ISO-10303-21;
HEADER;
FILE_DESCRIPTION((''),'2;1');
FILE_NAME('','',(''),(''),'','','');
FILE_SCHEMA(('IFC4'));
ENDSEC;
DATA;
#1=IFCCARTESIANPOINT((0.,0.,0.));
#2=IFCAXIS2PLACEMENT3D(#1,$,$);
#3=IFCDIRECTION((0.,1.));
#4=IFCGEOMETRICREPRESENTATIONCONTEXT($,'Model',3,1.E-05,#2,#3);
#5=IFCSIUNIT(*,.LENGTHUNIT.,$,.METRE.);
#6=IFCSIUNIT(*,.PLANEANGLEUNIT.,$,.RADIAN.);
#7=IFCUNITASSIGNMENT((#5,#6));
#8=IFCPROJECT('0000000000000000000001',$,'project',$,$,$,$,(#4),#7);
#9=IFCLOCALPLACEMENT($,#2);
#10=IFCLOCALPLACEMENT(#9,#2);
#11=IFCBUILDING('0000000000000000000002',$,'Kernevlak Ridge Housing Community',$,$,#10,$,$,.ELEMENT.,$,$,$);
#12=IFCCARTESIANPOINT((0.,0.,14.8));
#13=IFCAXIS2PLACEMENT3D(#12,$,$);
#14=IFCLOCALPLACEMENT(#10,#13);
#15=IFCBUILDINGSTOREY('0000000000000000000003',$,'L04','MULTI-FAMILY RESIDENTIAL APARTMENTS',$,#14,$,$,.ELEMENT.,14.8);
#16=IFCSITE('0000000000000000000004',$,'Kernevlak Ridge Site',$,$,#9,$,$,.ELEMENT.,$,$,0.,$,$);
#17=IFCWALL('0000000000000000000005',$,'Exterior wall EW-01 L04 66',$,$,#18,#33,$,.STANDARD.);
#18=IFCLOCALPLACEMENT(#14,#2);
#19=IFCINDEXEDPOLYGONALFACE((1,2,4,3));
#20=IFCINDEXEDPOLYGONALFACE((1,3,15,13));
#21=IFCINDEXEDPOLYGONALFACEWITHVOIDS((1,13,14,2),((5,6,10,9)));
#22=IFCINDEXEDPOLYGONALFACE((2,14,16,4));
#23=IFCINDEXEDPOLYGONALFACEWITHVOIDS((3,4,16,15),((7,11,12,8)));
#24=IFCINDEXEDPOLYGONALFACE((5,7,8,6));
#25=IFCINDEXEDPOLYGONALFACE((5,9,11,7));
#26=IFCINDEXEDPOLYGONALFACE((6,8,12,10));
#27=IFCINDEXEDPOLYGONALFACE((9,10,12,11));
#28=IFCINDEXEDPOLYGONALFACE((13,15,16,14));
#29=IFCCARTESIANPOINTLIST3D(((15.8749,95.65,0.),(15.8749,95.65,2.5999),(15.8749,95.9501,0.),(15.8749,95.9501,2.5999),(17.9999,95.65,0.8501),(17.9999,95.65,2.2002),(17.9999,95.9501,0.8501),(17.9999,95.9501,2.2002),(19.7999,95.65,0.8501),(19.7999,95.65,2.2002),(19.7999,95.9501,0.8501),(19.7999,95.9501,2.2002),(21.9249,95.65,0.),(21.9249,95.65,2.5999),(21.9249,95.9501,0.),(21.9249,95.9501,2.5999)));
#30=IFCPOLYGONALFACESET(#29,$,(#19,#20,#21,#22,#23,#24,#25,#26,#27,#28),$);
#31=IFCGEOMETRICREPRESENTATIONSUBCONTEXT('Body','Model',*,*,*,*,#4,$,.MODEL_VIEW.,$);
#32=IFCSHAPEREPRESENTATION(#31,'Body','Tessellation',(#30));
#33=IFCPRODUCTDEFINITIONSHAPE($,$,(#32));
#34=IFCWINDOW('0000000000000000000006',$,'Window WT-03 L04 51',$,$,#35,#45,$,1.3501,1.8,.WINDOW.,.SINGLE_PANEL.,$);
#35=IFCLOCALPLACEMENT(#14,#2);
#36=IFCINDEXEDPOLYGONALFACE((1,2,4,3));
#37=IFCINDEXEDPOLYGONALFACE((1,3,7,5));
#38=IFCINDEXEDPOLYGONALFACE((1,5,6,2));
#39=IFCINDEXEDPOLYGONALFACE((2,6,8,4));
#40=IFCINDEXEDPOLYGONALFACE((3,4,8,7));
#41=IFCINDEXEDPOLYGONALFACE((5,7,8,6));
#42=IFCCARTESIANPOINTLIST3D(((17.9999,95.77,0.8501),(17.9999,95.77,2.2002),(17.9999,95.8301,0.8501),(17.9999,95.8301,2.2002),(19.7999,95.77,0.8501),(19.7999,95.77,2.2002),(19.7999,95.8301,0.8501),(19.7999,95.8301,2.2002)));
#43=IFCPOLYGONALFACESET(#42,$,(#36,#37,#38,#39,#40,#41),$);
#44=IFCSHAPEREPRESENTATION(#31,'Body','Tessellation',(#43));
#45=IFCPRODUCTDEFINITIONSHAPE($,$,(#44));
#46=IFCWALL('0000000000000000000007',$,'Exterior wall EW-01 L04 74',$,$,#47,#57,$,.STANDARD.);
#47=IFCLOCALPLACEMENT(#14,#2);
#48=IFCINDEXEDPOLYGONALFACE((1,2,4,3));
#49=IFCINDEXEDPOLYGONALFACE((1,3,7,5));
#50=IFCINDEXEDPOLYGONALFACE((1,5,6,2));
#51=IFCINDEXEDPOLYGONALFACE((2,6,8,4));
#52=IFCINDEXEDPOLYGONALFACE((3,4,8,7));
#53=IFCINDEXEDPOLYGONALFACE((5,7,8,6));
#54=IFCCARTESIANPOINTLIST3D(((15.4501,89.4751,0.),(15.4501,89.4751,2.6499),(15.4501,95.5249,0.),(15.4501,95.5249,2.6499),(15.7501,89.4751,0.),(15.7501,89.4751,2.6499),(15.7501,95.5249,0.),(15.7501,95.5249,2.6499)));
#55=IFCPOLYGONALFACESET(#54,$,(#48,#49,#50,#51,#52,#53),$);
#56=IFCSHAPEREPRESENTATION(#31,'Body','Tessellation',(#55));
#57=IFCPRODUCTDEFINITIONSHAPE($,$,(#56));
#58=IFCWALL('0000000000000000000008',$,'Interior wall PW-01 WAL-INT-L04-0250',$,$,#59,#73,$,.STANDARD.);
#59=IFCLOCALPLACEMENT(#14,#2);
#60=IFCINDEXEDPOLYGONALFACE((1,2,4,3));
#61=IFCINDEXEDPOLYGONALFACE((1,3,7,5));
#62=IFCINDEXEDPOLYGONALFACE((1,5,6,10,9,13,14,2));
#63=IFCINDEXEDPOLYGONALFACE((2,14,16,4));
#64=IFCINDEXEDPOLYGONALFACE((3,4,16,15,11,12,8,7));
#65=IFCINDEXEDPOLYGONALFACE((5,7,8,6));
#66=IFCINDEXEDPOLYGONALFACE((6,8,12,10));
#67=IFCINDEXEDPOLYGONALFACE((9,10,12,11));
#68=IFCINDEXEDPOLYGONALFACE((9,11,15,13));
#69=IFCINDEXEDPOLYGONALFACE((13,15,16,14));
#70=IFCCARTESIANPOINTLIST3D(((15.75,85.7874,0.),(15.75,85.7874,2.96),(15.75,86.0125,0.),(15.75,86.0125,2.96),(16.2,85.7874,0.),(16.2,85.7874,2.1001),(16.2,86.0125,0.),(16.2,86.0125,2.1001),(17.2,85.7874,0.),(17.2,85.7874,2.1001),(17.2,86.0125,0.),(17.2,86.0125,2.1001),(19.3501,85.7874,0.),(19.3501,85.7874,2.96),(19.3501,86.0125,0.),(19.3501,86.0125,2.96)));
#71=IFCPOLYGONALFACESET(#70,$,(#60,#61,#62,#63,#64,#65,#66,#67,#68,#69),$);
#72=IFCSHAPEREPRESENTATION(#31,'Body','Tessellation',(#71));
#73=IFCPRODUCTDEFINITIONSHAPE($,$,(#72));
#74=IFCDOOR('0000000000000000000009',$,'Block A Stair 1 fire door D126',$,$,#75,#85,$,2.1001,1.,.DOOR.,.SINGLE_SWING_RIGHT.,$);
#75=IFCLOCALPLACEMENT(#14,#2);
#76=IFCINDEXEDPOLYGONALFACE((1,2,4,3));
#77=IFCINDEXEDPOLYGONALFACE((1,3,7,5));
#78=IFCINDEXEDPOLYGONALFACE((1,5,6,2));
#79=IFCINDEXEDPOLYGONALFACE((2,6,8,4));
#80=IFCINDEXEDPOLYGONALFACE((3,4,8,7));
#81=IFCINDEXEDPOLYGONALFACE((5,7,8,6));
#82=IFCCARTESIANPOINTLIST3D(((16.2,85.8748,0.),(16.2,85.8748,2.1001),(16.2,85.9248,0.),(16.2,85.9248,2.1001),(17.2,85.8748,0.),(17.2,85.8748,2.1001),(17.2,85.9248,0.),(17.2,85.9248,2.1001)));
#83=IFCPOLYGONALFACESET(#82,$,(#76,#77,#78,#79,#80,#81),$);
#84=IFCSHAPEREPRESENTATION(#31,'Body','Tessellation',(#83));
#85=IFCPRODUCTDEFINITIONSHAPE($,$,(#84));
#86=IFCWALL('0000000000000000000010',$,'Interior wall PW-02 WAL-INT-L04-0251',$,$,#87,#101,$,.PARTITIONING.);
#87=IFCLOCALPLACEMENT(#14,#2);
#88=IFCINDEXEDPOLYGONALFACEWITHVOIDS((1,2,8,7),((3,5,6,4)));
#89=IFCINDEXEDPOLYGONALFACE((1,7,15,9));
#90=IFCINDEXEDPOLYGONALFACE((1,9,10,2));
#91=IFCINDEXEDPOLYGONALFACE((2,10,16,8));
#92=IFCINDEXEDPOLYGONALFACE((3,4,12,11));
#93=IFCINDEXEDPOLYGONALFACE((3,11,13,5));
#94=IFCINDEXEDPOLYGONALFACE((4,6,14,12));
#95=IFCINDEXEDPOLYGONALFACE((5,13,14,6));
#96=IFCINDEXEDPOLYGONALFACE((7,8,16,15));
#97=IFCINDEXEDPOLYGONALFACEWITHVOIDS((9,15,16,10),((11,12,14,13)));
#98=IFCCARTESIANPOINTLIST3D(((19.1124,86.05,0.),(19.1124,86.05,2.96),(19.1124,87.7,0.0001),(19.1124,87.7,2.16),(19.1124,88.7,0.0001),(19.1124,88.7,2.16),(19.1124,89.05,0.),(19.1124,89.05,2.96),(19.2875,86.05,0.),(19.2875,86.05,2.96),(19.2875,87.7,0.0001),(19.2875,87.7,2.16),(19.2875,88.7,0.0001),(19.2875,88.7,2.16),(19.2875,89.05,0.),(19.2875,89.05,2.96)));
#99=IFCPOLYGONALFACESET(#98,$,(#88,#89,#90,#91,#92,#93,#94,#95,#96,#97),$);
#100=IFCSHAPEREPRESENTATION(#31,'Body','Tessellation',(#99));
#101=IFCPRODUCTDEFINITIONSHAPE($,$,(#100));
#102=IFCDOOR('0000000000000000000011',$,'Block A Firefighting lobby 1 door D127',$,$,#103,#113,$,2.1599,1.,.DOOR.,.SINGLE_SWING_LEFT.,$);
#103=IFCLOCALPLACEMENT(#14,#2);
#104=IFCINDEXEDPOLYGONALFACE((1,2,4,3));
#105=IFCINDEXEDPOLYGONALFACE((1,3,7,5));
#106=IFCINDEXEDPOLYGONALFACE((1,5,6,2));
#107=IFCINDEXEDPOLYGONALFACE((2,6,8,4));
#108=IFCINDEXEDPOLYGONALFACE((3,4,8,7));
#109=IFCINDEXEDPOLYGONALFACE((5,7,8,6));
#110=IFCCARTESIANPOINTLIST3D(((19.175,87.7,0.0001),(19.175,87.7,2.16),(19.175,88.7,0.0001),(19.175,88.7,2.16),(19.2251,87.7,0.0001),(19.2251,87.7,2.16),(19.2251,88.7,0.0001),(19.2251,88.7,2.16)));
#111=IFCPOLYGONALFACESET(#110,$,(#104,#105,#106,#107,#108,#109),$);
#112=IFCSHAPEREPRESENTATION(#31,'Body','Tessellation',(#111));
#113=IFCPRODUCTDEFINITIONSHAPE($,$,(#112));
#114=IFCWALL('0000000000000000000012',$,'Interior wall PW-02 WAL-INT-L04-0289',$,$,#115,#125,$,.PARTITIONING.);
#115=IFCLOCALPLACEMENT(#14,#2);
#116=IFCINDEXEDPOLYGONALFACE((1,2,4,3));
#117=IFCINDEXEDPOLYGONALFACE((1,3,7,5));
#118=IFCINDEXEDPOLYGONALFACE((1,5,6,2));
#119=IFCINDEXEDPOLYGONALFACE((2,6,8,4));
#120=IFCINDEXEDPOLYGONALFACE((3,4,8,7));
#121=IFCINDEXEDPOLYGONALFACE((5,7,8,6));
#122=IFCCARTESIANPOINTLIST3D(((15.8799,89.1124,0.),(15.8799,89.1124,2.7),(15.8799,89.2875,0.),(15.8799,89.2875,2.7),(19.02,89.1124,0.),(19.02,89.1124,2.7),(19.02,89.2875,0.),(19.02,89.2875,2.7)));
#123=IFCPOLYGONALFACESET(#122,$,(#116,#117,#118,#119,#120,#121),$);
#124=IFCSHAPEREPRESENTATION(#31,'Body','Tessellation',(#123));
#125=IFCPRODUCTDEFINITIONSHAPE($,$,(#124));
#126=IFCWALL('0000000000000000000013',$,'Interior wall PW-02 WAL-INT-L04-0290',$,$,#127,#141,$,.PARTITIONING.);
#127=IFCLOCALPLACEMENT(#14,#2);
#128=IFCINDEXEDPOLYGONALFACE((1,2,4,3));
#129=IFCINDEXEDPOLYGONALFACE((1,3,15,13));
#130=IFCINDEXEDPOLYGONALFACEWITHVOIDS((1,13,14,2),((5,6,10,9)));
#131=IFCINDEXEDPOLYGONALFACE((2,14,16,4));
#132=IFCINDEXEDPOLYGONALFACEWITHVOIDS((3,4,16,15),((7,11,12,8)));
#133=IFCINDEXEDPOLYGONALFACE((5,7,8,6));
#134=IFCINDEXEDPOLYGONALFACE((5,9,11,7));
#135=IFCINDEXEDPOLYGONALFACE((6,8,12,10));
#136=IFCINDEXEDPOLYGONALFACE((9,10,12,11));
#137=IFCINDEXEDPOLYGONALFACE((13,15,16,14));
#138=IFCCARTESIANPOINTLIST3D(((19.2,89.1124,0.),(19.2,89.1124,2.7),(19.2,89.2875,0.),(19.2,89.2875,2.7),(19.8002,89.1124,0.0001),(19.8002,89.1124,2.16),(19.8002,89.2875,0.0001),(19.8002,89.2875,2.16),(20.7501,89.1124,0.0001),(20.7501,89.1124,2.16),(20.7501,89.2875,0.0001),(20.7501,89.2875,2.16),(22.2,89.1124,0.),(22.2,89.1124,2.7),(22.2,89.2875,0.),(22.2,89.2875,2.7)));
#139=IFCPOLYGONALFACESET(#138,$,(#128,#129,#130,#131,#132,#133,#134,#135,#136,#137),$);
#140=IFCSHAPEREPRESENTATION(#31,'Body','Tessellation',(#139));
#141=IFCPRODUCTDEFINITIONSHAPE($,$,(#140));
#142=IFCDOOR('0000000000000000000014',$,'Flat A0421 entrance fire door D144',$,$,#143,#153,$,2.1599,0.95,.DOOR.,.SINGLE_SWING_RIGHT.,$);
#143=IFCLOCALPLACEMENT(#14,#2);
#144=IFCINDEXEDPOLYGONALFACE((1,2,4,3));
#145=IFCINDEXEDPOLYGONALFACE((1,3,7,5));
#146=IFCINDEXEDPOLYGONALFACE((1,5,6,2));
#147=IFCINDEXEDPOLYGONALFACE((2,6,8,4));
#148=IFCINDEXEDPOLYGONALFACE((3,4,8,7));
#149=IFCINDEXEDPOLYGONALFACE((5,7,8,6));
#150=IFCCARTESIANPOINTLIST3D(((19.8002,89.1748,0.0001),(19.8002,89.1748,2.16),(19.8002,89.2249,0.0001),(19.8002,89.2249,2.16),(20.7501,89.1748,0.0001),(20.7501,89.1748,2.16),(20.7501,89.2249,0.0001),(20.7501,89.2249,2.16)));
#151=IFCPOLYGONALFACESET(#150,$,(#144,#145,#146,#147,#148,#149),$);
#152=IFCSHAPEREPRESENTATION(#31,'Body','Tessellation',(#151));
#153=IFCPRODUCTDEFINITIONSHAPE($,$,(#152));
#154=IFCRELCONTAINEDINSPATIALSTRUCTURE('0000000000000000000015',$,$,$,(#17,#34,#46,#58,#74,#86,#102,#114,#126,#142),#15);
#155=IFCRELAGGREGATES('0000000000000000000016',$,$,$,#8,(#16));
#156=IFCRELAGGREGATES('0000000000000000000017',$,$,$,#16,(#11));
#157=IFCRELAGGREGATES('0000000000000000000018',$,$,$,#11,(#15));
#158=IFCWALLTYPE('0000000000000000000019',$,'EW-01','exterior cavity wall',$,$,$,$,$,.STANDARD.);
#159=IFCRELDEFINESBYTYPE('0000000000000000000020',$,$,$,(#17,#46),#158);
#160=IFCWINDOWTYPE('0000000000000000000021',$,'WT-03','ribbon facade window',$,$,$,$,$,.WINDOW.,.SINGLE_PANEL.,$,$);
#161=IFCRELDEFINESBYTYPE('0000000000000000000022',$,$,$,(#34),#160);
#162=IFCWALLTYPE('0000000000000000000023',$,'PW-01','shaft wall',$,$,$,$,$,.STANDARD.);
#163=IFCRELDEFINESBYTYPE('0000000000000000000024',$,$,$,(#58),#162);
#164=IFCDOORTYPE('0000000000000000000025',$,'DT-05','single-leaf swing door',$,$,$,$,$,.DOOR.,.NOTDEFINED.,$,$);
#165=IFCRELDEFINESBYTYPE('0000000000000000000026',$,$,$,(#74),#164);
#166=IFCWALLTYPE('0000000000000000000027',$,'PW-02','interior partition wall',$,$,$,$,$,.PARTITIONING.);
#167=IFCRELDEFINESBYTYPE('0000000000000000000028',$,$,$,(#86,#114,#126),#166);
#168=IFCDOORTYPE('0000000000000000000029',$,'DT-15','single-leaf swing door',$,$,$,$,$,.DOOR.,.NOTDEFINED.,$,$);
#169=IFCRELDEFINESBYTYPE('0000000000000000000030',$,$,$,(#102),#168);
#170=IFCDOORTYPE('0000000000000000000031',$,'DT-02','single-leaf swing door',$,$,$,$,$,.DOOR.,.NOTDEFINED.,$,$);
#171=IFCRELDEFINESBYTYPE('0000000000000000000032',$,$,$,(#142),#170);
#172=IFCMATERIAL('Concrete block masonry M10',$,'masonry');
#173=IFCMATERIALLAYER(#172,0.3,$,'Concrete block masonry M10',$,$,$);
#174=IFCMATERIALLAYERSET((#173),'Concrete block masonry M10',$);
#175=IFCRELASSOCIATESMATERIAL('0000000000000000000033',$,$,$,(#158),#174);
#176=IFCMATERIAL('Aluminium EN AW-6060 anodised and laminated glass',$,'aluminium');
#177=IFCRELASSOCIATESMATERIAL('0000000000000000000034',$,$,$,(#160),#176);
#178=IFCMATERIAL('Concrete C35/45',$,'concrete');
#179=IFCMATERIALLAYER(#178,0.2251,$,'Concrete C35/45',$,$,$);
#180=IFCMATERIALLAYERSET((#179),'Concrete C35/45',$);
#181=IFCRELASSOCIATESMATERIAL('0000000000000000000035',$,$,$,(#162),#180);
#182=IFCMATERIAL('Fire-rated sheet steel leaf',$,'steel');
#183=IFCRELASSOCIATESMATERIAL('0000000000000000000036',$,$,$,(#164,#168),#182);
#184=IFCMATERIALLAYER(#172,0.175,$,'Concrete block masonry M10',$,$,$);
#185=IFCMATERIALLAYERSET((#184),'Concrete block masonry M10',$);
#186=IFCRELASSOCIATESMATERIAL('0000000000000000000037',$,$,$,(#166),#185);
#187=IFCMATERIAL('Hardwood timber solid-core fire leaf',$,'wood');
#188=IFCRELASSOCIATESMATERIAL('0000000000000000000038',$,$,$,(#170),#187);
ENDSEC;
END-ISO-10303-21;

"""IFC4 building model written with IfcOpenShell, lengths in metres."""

from ifc_helpers import new_model, si_unit, direction, frame, frame_2d, origin, place, context, subcontext, project, spatial, rectangle, extrude, material, layer, layer_set, type_object, element, fill, save


model = new_model("IFC4")

# Units and contexts
model_context = context("Model", 3, precision=1e-05, world=origin(), true_north=direction((0.0, 1.0)))
body_context = subcontext(model_context, "Body", "Model", "MODEL_VIEW")
ifc_project = project(units=[si_unit("LENGTHUNIT", "METRE"), si_unit("PLANEANGLEUNIT", "RADIAN")], contexts=[model_context])

# Site, building, storey
site_placement = place(None, origin())
site = spatial("IfcSite", under=ifc_project, at=site_placement, Name="Kernevlak Ridge Site", CompositionType="ELEMENT", RefElevation=0.0)
building_placement = place(site_placement, origin())
building = spatial("IfcBuilding", under=site, at=building_placement, Name="Kernevlak Ridge Housing Community", CompositionType="ELEMENT")
storey_placement = place(building_placement, frame((0.0, 0.0, 14.8)))
storey = spatial("IfcBuildingStorey", under=building, at=storey_placement, Name="L04", Description="MULTI-FAMILY RESIDENTIAL APARTMENTS", CompositionType="ELEMENT", Elevation=14.8)

# Shared definitions
ifc_material_1 = material(Name="Concrete C35/45", Category="concrete")

# Shared definitions
ifc_material_2 = material(Name="Aluminium EN AW-6060 anodised and laminated glass", Category="aluminium")

# Wall, opening, window
ifc_material_3 = material(Name="Concrete block masonry M10", Category="masonry")
ifc_layer_1 = layer(ifc_material_3, 0.3, Name="Concrete block masonry M10")
ifc_layer_set_1 = layer_set([ifc_layer_1], Name="Concrete block masonry M10")
wall_type_1 = type_object("IfcWallType", Name="EW-01", Description="exterior cavity wall", PredefinedType="STANDARD", material=ifc_layer_set_1)
wall_1_placement = place(storey_placement, frame((15.875, 95.8, 0.0), z_axis=(0.0, 0.0, 1.0), x_axis=(1.0, 0.0, 0.0)))
wall_1 = element("IfcWall", 1, at=wall_1_placement, inside=storey, type_object=wall_type_1, Name="Exterior wall EW-01 L04 66", PredefinedType="STANDARD", context=body_context, shape_type="SweptSolid", body=[
    extrude(rectangle(XDim=6.05, YDim=0.3, at=frame_2d((3.0249, 0.0))), origin(), (0.0, 0.0, 1.0), 2.5999),
])
opening_1_placement = place(wall_1_placement, frame((2.125, 0.0, 0.8501)))
opening_1 = element("IfcOpeningElement", 2, at=opening_1_placement, cuts=wall_1, PredefinedType="OPENING", context=body_context, shape_type="SweptSolid", body=[
    extrude(rectangle(XDim=1.8, YDim=1.3501, at=frame_2d((0.8999, 0.675))), frame((0.0, 0.1599, 0.0), z_axis=(0.0, -1.0, 0.0), x_axis=(1.0, 0.0, 0.0)), (0.0, 0.0, 1.0), 0.3201),
])
window_type = type_object("IfcWindowType", Name="WT-03", Description="ribbon facade window", PartitioningType="SINGLE_PANEL", PredefinedType="WINDOW", material=ifc_material_2)
window_placement = place(opening_1_placement, origin())
window = element("IfcWindow", 3, at=window_placement, inside=storey, type_object=window_type, Name="Window WT-03 L04 51", OverallHeight=1.3501, OverallWidth=1.8, PartitioningType="SINGLE_PANEL", PredefinedType="WINDOW", context=body_context, shape_type="SweptSolid", body=[
    extrude(rectangle(XDim=1.8, YDim=1.3501, at=frame_2d((0.8999, 0.675))), frame((0.0, 0.03, 0.0), z_axis=(0.0, -1.0, 0.0), x_axis=(1.0, 0.0, 0.0)), (0.0, 0.0, 1.0), 0.0601),
])
fill(opening_1, window)

# Wall
wall_2_placement = place(storey_placement, frame((15.6001, 89.4751, 0.0), z_axis=(0.0, 0.0, 1.0), x_axis=(0.0, 1.0, 0.0)))
element("IfcWall", 4, at=wall_2_placement, inside=storey, type_object=wall_type_1, Name="Exterior wall EW-01 L04 74", PredefinedType="STANDARD", context=body_context, shape_type="SweptSolid", body=[
    extrude(rectangle(XDim=6.0498, YDim=0.3, at=frame_2d((3.0249, 0.0))), origin(), (0.0, 0.0, 1.0), 2.6499),
])

# Walls, openings, doors
ifc_layer_2 = layer(ifc_material_1, 0.2251, Name="Concrete C35/45")
ifc_layer_set_2 = layer_set([ifc_layer_2], Name="Concrete C35/45")
wall_type_2 = type_object("IfcWallType", Name="PW-01", Description="shaft wall", PredefinedType="STANDARD", material=ifc_layer_set_2)
wall_3_placement = place(storey_placement, frame((15.75, 85.8999, 0.0), z_axis=(0.0, 0.0, 1.0), x_axis=(1.0, 0.0, 0.0)))
wall_3 = element("IfcWall", 5, at=wall_3_placement, inside=storey, type_object=wall_type_2, Name="Interior wall PW-01 WAL-INT-L04-0250", PredefinedType="STANDARD", context=body_context, shape_type="SweptSolid", body=[
    extrude(rectangle(XDim=3.6001, YDim=0.2251, at=frame_2d((1.8, 0.0))), origin(), (0.0, 0.0, 1.0), 2.96),
])
opening_2_placement = place(wall_3_placement, frame((0.45, 0.0, 0.0)))
opening_2 = element("IfcOpeningElement", 6, at=opening_2_placement, cuts=wall_3, PredefinedType="OPENING", context=body_context, shape_type="SweptSolid", body=[
    extrude(rectangle(XDim=1.0, YDim=2.1001, at=frame_2d((0.5, 1.05))), frame((0.0, 0.1226, 0.0), z_axis=(0.0, -1.0, 0.0), x_axis=(1.0, 0.0, 0.0)), (0.0, 0.0, 1.0), 0.2451),
])
ifc_material_4 = material(Name="Fire-rated sheet steel leaf", Category="steel")
door_type_1 = type_object("IfcDoorType", Name="DT-05", Description="single-leaf swing door", OperationType="NOTDEFINED", PredefinedType="DOOR", material=ifc_material_4)
door_1_placement = place(opening_2_placement, origin())
door_1 = element("IfcDoor", 7, at=door_1_placement, inside=storey, type_object=door_type_1, Name="Block A Stair 1 fire door D126", OperationType="SINGLE_SWING_RIGHT", OverallHeight=2.1001, OverallWidth=1.0, PredefinedType="DOOR", context=body_context, shape_type="SweptSolid", body=[
    extrude(rectangle(XDim=1.0, YDim=2.1001, at=frame_2d((0.5, 1.05))), frame((0.0, 0.0249, 0.0), z_axis=(0.0, -1.0, 0.0), x_axis=(1.0, 0.0, 0.0)), (0.0, 0.0, 1.0), 0.05),
])
fill(opening_2, door_1)
ifc_layer_3 = layer(ifc_material_3, 0.175, Name="Concrete block masonry M10")
ifc_layer_set_3 = layer_set([ifc_layer_3], Name="Concrete block masonry M10")
wall_type_3 = type_object("IfcWallType", Name="PW-02", Description="interior partition wall", PredefinedType="PARTITIONING", material=ifc_layer_set_3)
wall_4_placement = place(storey_placement, frame((19.2, 86.05, 0.0), z_axis=(0.0, 0.0, 1.0), x_axis=(0.0, 1.0, 0.0)))
wall_4 = element("IfcWall", 8, at=wall_4_placement, inside=storey, type_object=wall_type_3, Name="Interior wall PW-02 WAL-INT-L04-0251", PredefinedType="PARTITIONING", context=body_context, shape_type="SweptSolid", body=[
    extrude(rectangle(XDim=3.0, YDim=0.175, at=frame_2d((1.5, 0.0))), origin(), (0.0, 0.0, 1.0), 2.96),
])
opening_3_placement = place(wall_4_placement, frame((1.6499, 0.0, 0.0)))
opening_3 = element("IfcOpeningElement", 9, at=opening_3_placement, cuts=wall_4, PredefinedType="OPENING", context=body_context, shape_type="SweptSolid", body=[
    extrude(rectangle(XDim=1.0, YDim=2.1599, at=frame_2d((0.5, 1.0801))), frame((0.0, 0.0974, 0.0), z_axis=(0.0, -1.0, 0.0), x_axis=(1.0, 0.0, 0.0)), (0.0, 0.0, 1.0), 0.1951),
])
door_type_2 = type_object("IfcDoorType", Name="DT-15", Description="single-leaf swing door", OperationType="NOTDEFINED", PredefinedType="DOOR", material=ifc_material_4)
door_2_placement = place(opening_3_placement, origin())
door_2 = element("IfcDoor", 10, at=door_2_placement, inside=storey, type_object=door_type_2, Name="Block A Firefighting lobby 1 door D127", OperationType="SINGLE_SWING_LEFT", OverallHeight=2.1599, OverallWidth=1.0, PredefinedType="DOOR", context=body_context, shape_type="SweptSolid", body=[
    extrude(rectangle(XDim=1.0, YDim=2.1599, at=frame_2d((0.5, 1.0801))), frame((0.0, 0.0249, 0.0), z_axis=(0.0, -1.0, 0.0), x_axis=(1.0, 0.0, 0.0)), (0.0, 0.0, 1.0), 0.05),
])
fill(opening_3, door_2)

# Wall
wall_5_placement = place(storey_placement, frame((15.8799, 89.2, 0.0), z_axis=(0.0, 0.0, 1.0), x_axis=(1.0, 0.0, 0.0)))
element("IfcWall", 11, at=wall_5_placement, inside=storey, type_object=wall_type_3, Name="Interior wall PW-02 WAL-INT-L04-0289", PredefinedType="PARTITIONING", context=body_context, shape_type="SweptSolid", body=[
    extrude(rectangle(XDim=3.1401, YDim=0.175, at=frame_2d((1.5701, 0.0))), origin(), (0.0, 0.0, 1.0), 2.7),
])

# Wall, opening, door
wall_6_placement = place(storey_placement, frame((19.2, 89.2, 0.0), z_axis=(0.0, 0.0, 1.0), x_axis=(1.0, 0.0, 0.0)))
wall_6 = element("IfcWall", 12, at=wall_6_placement, inside=storey, type_object=wall_type_3, Name="Interior wall PW-02 WAL-INT-L04-0290", PredefinedType="PARTITIONING", context=body_context, shape_type="SweptSolid", body=[
    extrude(rectangle(XDim=3.0, YDim=0.175, at=frame_2d((1.5, 0.0))), origin(), (0.0, 0.0, 1.0), 2.7),
])
opening_4_placement = place(wall_6_placement, frame((0.6001, 0.0, 0.0)))
opening_4 = element("IfcOpeningElement", 13, at=opening_4_placement, cuts=wall_6, PredefinedType="OPENING", context=body_context, shape_type="SweptSolid", body=[
    extrude(rectangle(XDim=0.95, YDim=2.1599, at=frame_2d((0.4751, 1.0801))), frame((0.0, 0.0974, 0.0), z_axis=(0.0, -1.0, 0.0), x_axis=(1.0, 0.0, 0.0)), (0.0, 0.0, 1.0), 0.1951),
])
ifc_material_5 = material(Name="Hardwood timber solid-core fire leaf", Category="wood")
door_type_3 = type_object("IfcDoorType", Name="DT-02", Description="single-leaf swing door", OperationType="NOTDEFINED", PredefinedType="DOOR", material=ifc_material_5)
door_3_placement = place(opening_4_placement, origin())
door_3 = element("IfcDoor", 14, at=door_3_placement, inside=storey, type_object=door_type_3, Name="Flat A0421 entrance fire door D144", OperationType="SINGLE_SWING_RIGHT", OverallHeight=2.1599, OverallWidth=0.95, PredefinedType="DOOR", context=body_context, shape_type="SweptSolid", body=[
    extrude(rectangle(XDim=0.95, YDim=2.1599, at=frame_2d((0.4751, 1.0801))), frame((0.0, 0.0249, 0.0), z_axis=(0.0, -1.0, 0.0), x_axis=(1.0, 0.0, 0.0)), (0.0, 0.0, 1.0), 0.05),
])
fill(opening_4, door_3)

save(model, "model.ifc")
